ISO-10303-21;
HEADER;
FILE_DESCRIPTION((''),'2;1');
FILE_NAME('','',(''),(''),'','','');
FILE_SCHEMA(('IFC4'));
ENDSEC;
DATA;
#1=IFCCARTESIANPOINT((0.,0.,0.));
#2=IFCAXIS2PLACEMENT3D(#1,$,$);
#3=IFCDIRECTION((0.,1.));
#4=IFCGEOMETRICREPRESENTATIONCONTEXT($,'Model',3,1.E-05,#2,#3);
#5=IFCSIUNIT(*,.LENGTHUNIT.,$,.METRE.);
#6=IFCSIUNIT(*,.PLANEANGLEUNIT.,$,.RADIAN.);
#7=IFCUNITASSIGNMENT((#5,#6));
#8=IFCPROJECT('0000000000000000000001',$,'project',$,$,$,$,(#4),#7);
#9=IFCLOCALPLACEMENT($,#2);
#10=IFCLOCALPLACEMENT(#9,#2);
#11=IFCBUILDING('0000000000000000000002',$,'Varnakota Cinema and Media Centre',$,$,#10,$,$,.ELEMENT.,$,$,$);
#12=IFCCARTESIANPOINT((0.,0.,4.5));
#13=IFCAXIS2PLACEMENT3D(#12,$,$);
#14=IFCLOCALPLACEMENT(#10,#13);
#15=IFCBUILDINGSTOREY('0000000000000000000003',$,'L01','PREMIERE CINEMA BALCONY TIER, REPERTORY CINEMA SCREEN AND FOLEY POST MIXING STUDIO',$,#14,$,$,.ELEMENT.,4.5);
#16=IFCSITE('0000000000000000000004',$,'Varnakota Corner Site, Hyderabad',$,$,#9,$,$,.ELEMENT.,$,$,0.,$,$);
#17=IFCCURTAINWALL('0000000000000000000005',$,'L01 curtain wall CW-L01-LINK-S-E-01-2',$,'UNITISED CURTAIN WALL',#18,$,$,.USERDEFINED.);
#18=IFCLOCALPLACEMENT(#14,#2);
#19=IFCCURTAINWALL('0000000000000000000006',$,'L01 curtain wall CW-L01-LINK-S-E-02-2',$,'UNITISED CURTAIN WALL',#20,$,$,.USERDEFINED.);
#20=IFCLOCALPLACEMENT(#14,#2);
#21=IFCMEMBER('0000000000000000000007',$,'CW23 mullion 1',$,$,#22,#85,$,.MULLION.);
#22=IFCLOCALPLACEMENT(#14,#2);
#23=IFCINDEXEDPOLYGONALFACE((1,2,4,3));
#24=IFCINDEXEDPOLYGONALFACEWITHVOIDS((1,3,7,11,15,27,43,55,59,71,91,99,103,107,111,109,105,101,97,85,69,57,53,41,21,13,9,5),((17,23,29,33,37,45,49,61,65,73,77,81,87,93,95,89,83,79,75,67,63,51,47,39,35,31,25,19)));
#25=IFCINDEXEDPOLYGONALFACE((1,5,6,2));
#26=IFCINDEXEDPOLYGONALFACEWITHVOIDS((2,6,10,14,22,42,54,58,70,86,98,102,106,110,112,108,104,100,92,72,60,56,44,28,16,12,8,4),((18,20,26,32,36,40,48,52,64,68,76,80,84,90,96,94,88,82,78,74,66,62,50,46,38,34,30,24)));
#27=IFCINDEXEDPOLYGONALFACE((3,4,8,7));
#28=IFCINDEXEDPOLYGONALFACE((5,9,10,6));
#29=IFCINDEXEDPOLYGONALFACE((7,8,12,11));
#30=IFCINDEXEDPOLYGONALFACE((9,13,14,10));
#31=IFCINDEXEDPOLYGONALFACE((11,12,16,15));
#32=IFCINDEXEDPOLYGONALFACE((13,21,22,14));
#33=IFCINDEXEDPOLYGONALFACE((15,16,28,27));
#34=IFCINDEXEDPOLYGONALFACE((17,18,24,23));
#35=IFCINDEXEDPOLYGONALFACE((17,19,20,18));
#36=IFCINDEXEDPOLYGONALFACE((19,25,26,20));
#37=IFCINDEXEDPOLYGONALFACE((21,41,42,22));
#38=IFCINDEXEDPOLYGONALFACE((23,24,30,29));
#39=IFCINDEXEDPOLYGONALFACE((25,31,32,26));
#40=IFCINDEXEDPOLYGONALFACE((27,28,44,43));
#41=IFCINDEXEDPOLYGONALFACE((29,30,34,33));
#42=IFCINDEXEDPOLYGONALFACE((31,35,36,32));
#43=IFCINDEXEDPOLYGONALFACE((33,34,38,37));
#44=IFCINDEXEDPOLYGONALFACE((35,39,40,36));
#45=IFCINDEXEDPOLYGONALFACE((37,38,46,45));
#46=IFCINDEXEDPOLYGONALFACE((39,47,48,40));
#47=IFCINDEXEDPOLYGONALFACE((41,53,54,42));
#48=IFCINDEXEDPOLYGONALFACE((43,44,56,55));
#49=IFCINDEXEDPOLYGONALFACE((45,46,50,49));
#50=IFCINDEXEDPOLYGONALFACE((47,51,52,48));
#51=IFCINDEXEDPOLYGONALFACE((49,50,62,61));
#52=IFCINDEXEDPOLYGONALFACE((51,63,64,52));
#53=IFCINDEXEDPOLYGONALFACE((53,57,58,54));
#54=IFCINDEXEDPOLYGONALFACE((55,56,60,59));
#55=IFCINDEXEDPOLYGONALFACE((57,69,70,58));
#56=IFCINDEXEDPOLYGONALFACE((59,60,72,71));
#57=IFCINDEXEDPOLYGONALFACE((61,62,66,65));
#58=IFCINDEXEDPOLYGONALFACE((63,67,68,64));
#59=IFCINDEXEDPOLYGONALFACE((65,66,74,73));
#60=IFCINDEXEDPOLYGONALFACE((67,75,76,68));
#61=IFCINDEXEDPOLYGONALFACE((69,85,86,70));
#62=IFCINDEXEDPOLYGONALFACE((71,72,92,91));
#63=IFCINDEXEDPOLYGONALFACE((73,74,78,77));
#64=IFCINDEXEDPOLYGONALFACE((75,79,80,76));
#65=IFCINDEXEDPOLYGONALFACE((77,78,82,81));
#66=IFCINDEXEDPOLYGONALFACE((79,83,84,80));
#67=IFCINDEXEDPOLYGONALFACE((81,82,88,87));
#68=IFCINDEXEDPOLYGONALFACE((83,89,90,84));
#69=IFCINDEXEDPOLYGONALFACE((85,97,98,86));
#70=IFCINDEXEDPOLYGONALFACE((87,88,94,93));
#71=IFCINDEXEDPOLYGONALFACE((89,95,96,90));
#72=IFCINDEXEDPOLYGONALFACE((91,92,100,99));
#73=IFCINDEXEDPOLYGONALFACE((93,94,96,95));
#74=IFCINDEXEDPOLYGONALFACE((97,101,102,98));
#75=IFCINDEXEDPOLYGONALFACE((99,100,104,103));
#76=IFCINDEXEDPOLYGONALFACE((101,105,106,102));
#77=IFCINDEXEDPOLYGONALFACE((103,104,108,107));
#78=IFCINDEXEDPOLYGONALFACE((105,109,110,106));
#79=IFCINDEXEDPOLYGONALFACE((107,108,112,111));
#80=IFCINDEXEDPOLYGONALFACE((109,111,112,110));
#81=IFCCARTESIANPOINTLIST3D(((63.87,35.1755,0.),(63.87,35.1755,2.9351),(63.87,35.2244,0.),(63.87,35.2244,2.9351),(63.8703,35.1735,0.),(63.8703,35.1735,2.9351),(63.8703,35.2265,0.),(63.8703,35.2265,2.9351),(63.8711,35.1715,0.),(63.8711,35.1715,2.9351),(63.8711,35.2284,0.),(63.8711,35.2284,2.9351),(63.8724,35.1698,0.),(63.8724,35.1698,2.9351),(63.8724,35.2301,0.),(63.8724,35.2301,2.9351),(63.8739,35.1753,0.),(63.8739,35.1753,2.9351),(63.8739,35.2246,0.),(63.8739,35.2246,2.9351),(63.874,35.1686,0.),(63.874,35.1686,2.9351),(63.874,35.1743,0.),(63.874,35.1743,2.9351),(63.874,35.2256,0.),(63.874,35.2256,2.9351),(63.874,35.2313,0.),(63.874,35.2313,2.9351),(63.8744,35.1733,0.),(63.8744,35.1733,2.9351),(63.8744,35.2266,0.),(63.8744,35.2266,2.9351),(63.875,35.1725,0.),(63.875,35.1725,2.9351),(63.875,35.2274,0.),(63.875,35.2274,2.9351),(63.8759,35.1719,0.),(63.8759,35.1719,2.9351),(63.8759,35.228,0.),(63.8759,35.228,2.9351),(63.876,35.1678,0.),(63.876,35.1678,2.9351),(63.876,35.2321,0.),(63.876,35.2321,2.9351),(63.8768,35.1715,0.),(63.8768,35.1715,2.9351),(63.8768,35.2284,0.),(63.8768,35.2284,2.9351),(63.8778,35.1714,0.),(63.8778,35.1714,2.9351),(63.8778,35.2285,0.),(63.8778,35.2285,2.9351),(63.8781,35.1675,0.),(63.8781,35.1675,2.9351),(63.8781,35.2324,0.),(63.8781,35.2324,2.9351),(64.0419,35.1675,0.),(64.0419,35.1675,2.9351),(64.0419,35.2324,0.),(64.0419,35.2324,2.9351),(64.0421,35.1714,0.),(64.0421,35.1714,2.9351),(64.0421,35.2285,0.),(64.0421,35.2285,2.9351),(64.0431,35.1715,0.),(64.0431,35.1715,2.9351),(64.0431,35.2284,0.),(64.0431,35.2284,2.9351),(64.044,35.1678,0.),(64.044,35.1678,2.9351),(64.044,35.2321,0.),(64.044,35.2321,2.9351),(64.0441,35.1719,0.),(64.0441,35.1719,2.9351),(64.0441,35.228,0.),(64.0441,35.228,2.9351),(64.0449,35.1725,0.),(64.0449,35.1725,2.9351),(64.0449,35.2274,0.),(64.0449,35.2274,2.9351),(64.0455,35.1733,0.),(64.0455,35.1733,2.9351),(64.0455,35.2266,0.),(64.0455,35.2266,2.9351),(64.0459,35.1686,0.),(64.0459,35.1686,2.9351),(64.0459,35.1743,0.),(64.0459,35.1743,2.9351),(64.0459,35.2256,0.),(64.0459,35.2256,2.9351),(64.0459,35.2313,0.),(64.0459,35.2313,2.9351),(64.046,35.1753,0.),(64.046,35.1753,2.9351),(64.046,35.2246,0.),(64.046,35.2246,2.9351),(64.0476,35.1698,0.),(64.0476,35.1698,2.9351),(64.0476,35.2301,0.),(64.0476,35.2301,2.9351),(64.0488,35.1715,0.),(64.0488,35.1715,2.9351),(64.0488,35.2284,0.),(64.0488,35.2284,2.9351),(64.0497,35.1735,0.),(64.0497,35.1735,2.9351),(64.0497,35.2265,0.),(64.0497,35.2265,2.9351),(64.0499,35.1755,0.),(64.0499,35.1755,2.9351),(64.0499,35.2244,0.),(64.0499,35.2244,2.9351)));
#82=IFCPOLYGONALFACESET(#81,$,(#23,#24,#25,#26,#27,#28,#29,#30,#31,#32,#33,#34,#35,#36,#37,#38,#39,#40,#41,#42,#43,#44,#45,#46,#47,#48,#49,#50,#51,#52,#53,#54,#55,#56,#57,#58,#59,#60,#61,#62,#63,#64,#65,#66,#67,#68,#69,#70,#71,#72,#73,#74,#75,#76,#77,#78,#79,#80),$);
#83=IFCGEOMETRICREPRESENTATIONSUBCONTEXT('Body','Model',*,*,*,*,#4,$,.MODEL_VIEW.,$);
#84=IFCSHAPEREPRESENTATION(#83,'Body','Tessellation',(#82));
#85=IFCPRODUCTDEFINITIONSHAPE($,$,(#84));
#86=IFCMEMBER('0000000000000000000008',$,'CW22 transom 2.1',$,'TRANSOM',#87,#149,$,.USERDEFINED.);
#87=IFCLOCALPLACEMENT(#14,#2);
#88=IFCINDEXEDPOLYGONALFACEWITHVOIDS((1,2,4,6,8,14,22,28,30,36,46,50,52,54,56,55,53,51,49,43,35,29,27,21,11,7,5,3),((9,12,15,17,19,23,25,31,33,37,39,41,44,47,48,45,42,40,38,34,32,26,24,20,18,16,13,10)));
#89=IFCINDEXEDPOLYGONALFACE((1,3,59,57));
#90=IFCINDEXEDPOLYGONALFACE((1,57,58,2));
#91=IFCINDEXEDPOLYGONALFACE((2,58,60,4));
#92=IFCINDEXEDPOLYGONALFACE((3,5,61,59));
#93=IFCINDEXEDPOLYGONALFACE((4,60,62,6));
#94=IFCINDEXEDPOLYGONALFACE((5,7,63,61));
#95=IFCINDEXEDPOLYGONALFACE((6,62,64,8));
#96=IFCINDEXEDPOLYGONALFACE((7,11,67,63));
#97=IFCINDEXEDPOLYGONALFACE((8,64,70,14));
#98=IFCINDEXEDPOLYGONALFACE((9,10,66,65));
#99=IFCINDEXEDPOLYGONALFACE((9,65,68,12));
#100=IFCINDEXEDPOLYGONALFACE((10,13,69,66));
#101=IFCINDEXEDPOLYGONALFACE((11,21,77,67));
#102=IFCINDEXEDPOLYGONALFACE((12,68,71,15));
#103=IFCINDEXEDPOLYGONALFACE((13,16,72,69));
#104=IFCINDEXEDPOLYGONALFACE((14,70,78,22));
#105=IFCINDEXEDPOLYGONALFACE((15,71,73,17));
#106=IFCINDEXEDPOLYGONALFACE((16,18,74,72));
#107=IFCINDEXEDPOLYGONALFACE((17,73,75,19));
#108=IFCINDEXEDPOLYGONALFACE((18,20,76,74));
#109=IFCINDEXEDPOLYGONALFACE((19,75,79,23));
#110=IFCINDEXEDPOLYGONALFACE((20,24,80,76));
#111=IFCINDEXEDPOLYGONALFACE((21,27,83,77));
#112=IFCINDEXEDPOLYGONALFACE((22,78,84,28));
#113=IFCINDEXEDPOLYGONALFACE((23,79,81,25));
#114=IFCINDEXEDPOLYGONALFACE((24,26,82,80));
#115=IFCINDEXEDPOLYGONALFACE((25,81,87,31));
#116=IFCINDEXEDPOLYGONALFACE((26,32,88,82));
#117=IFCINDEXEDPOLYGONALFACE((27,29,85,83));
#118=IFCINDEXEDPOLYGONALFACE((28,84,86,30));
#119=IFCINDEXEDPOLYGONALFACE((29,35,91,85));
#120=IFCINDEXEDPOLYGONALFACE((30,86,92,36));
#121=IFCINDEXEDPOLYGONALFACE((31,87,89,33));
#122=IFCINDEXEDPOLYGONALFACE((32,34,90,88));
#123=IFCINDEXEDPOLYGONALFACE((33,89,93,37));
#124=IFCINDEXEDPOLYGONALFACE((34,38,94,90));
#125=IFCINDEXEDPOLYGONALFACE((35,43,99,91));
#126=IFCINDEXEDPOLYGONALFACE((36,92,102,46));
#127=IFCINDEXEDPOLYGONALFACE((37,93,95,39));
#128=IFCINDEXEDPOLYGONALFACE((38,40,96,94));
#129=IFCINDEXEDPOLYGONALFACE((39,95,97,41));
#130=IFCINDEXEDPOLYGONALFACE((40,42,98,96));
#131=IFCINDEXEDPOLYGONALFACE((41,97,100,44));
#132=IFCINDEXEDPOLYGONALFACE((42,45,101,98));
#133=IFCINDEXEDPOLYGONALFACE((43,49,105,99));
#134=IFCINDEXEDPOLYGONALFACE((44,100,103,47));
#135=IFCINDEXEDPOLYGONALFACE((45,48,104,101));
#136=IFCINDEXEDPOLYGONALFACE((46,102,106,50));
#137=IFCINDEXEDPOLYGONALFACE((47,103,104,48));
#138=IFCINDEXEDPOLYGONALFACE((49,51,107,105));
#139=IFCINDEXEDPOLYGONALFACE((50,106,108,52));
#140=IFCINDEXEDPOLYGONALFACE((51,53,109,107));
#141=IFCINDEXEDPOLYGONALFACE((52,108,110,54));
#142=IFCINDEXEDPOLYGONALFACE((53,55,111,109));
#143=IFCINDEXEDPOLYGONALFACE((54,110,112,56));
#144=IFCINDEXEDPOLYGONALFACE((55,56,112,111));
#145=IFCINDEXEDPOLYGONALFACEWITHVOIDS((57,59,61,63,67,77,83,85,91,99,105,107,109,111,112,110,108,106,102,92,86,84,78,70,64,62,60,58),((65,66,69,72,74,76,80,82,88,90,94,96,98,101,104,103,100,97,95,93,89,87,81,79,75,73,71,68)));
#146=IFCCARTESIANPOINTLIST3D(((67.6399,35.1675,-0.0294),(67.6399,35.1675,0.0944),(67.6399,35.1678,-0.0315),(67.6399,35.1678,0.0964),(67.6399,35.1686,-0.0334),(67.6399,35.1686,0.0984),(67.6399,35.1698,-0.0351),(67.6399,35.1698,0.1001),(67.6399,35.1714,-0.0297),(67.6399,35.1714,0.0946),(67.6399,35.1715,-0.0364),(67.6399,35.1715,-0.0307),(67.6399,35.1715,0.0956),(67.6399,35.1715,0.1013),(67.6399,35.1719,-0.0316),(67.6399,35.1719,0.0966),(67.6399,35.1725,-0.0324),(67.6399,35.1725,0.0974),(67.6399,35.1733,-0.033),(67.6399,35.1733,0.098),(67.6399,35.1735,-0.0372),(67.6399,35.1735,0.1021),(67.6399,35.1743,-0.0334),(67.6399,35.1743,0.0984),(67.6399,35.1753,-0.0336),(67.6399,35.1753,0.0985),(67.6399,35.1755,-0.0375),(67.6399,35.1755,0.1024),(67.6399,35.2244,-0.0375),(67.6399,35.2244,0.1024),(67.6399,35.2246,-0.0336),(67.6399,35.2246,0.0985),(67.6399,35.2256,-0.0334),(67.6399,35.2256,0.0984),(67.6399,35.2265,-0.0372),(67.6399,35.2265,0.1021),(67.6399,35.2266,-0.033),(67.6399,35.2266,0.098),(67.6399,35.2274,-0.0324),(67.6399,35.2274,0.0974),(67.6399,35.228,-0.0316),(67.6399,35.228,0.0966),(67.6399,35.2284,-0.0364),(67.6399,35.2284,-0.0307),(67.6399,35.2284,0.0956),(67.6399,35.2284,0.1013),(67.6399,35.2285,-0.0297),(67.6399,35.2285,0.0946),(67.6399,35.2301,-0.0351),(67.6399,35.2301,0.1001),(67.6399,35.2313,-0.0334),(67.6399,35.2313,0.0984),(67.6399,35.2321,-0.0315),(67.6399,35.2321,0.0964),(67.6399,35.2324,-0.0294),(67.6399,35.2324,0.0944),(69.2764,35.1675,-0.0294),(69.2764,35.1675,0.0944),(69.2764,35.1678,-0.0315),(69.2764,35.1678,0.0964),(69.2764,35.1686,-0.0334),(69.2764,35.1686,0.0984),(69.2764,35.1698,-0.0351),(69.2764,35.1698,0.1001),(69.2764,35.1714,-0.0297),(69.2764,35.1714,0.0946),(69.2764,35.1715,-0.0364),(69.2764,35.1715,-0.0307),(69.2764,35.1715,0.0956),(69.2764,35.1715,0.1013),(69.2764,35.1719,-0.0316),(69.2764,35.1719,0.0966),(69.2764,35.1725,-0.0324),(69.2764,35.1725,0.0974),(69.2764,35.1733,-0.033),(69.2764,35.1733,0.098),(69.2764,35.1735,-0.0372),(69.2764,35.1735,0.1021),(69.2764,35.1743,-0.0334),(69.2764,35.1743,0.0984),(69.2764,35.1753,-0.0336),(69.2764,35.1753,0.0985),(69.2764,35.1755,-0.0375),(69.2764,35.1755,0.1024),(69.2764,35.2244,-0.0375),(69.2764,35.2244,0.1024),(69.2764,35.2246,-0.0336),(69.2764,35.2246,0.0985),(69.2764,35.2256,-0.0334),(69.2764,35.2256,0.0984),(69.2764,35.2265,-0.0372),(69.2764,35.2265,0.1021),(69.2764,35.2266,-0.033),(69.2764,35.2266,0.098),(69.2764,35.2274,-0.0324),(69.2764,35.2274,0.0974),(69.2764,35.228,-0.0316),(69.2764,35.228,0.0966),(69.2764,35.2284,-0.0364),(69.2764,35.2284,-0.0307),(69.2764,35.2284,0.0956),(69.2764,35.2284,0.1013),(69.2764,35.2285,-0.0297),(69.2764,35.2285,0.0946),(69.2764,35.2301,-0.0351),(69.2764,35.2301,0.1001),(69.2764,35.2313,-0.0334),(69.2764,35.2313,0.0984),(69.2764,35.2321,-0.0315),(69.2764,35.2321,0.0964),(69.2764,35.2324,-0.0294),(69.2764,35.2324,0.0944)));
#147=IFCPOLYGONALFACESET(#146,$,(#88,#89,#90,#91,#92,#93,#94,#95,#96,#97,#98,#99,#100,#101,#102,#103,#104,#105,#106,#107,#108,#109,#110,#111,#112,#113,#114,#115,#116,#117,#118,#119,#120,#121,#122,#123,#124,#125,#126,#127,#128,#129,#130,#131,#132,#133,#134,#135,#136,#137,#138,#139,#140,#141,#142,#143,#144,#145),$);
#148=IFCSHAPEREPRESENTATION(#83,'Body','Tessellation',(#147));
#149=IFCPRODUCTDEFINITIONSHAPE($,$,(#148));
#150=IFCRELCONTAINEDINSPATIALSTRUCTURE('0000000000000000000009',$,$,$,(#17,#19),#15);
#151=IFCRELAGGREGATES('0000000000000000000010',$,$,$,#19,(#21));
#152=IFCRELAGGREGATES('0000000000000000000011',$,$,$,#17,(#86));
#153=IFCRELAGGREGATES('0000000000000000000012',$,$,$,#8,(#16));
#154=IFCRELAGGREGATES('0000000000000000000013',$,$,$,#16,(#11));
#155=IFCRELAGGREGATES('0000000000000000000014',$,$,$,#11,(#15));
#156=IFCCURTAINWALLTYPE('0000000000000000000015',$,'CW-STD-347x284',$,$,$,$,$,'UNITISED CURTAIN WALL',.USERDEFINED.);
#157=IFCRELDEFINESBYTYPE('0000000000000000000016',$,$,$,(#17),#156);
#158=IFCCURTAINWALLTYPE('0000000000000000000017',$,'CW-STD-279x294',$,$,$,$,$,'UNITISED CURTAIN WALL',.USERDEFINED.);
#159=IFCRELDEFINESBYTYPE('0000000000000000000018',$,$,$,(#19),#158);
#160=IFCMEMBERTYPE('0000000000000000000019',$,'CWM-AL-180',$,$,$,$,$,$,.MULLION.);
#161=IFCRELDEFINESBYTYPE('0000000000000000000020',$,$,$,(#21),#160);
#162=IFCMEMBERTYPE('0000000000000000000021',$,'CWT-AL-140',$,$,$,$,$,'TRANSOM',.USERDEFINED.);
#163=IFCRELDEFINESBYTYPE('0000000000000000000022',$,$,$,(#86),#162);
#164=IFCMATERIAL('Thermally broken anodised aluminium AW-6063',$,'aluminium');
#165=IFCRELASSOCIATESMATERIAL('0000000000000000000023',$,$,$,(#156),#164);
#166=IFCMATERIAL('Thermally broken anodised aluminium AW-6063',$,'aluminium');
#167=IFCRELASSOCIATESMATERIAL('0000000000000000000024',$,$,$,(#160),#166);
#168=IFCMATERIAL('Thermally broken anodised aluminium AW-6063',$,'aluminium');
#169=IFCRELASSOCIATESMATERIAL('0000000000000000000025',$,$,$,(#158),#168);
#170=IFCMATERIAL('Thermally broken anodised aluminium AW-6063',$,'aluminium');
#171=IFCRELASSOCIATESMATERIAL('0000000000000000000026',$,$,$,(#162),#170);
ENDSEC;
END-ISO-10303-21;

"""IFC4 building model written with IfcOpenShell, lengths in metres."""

from ifc_helpers import new_model, si_unit, direction, frame, origin, origin_2d, place, context, subcontext, project, spatial, hollow_rectangle, extrude, material, material_profile, profile_set, type_object, element, aggregate, save


model = new_model("IFC4")

# Units and contexts
model_context = context("Model", 3, precision=1e-05, world=origin(), true_north=direction((0.0, 1.0)))
body_context = subcontext(model_context, "Body", "Model", "MODEL_VIEW")
ifc_project = project(units=[si_unit("LENGTHUNIT", "METRE"), si_unit("PLANEANGLEUNIT", "RADIAN")], contexts=[model_context])

# Site, building, storey
site_placement = place(None, origin())
site = spatial("IfcSite", under=ifc_project, at=site_placement, Name="Varnakota Corner Site, Hyderabad", CompositionType="ELEMENT", RefElevation=0.0)
building_placement = place(site_placement, origin())
building = spatial("IfcBuilding", under=site, at=building_placement, Name="Varnakota Cinema and Media Centre", CompositionType="ELEMENT")
storey_placement = place(building_placement, frame((0.0, 0.0, 4.5)))
storey = spatial("IfcBuildingStorey", under=building, at=storey_placement, Name="L01", Description="PREMIERE CINEMA BALCONY TIER, REPERTORY CINEMA SCREEN AND FOLEY POST MIXING STUDIO", CompositionType="ELEMENT", Elevation=4.5)

# Curtain wall
ifc_material_1 = material(Name="Thermally broken anodised aluminium AW-6063", Category="aluminium")
curtain_wall_type_1 = type_object("IfcCurtainWallType", Name="CW-STD-347x284", ElementType="UNITISED CURTAIN WALL", PredefinedType="USERDEFINED", material=ifc_material_1)
curtain_wall_1_placement = place(storey_placement, origin())
curtain_wall_1 = element("IfcCurtainWall", 1, at=curtain_wall_1_placement, inside=storey, type_object=curtain_wall_type_1, Name="L01 curtain wall CW-L01-LINK-S-E-01-2", ObjectType="UNITISED CURTAIN WALL", PredefinedType="USERDEFINED")
ifc_material_2 = material(Name="Thermally broken anodised aluminium AW-6063", Category="aluminium")
ifc_material_profile_1 = material_profile(ifc_material_2, hollow_rectangle(XDim=0.0649, YDim=0.1799, WallThickness=0.0039, InnerFilletRadius=0.0039, OuterFilletRadius=0.0081, at=origin_2d()), Name="AL-MULLION 180x65x4")
ifc_profile_set_1 = profile_set([ifc_material_profile_1], Name="Thermally broken anodised aluminium AW-6063")
member_type_1 = type_object("IfcMemberType", Name="CWM-AL-180", PredefinedType="MULLION", material=ifc_profile_set_1)

# Shared definitions
ifc_material_3 = material(Name="Thermally broken anodised aluminium AW-6063", Category="aluminium")
curtain_wall_type_2 = type_object("IfcCurtainWallType", Name="CW-STD-279x294", ElementType="UNITISED CURTAIN WALL", PredefinedType="USERDEFINED", material=ifc_material_3)

# Curtain wall, member
curtain_wall_2_placement = place(storey_placement, origin())
curtain_wall_2 = element("IfcCurtainWall", 2, at=curtain_wall_2_placement, inside=storey, type_object=curtain_wall_type_2, Name="L01 curtain wall CW-L01-LINK-S-E-02-2", ObjectType="UNITISED CURTAIN WALL", PredefinedType="USERDEFINED")
member_1_placement = place(storey_placement, frame((63.96, 35.2, 0.0), z_axis=(0.0, 0.0, 1.0), x_axis=(0.0, -1.0, 0.0)))
member_1 = element("IfcMember", 3, at=member_1_placement, type_object=member_type_1, Name="CW23 mullion 1", PredefinedType="MULLION", context=body_context, shape_type="SweptSolid", body=[
    extrude(hollow_rectangle(XDim=0.0649, YDim=0.1799, WallThickness=0.0039, InnerFilletRadius=0.0039, OuterFilletRadius=0.0081, at=origin_2d()), origin(), (0.0, 0.0, 1.0), 2.9351),
])

# Member
ifc_material_4 = material(Name="Thermally broken anodised aluminium AW-6063", Category="aluminium")
ifc_material_profile_2 = material_profile(ifc_material_4, hollow_rectangle(XDim=0.0649, YDim=0.1399, WallThickness=0.0039, InnerFilletRadius=0.0039, OuterFilletRadius=0.0081, at=origin_2d()), Name="AL-TRANSOM 140x65x4")
ifc_profile_set_2 = profile_set([ifc_material_profile_2], Name="Thermally broken anodised aluminium AW-6063")
member_type_2 = type_object("IfcMemberType", Name="CWT-AL-140", ElementType="TRANSOM", PredefinedType="USERDEFINED", material=ifc_profile_set_2)
member_2_placement = place(storey_placement, frame((69.2764, 35.2, 0.0325), z_axis=(-1.0, 0.0, 0.0), x_axis=(0.0, -1.0, 0.0)))
member_2 = element("IfcMember", 4, at=member_2_placement, type_object=member_type_2, Name="CW22 transom 2.1", ObjectType="TRANSOM", PredefinedType="USERDEFINED", context=body_context, shape_type="SweptSolid", body=[
    extrude(hollow_rectangle(XDim=0.0649, YDim=0.1399, WallThickness=0.0039, InnerFilletRadius=0.0039, OuterFilletRadius=0.0081, at=origin_2d()), origin(), (0.0, 0.0, 1.0), 1.6365),
])
aggregate(curtain_wall_2, [member_1])

aggregate(curtain_wall_1, [member_2])

save(model, "model.ifc")
